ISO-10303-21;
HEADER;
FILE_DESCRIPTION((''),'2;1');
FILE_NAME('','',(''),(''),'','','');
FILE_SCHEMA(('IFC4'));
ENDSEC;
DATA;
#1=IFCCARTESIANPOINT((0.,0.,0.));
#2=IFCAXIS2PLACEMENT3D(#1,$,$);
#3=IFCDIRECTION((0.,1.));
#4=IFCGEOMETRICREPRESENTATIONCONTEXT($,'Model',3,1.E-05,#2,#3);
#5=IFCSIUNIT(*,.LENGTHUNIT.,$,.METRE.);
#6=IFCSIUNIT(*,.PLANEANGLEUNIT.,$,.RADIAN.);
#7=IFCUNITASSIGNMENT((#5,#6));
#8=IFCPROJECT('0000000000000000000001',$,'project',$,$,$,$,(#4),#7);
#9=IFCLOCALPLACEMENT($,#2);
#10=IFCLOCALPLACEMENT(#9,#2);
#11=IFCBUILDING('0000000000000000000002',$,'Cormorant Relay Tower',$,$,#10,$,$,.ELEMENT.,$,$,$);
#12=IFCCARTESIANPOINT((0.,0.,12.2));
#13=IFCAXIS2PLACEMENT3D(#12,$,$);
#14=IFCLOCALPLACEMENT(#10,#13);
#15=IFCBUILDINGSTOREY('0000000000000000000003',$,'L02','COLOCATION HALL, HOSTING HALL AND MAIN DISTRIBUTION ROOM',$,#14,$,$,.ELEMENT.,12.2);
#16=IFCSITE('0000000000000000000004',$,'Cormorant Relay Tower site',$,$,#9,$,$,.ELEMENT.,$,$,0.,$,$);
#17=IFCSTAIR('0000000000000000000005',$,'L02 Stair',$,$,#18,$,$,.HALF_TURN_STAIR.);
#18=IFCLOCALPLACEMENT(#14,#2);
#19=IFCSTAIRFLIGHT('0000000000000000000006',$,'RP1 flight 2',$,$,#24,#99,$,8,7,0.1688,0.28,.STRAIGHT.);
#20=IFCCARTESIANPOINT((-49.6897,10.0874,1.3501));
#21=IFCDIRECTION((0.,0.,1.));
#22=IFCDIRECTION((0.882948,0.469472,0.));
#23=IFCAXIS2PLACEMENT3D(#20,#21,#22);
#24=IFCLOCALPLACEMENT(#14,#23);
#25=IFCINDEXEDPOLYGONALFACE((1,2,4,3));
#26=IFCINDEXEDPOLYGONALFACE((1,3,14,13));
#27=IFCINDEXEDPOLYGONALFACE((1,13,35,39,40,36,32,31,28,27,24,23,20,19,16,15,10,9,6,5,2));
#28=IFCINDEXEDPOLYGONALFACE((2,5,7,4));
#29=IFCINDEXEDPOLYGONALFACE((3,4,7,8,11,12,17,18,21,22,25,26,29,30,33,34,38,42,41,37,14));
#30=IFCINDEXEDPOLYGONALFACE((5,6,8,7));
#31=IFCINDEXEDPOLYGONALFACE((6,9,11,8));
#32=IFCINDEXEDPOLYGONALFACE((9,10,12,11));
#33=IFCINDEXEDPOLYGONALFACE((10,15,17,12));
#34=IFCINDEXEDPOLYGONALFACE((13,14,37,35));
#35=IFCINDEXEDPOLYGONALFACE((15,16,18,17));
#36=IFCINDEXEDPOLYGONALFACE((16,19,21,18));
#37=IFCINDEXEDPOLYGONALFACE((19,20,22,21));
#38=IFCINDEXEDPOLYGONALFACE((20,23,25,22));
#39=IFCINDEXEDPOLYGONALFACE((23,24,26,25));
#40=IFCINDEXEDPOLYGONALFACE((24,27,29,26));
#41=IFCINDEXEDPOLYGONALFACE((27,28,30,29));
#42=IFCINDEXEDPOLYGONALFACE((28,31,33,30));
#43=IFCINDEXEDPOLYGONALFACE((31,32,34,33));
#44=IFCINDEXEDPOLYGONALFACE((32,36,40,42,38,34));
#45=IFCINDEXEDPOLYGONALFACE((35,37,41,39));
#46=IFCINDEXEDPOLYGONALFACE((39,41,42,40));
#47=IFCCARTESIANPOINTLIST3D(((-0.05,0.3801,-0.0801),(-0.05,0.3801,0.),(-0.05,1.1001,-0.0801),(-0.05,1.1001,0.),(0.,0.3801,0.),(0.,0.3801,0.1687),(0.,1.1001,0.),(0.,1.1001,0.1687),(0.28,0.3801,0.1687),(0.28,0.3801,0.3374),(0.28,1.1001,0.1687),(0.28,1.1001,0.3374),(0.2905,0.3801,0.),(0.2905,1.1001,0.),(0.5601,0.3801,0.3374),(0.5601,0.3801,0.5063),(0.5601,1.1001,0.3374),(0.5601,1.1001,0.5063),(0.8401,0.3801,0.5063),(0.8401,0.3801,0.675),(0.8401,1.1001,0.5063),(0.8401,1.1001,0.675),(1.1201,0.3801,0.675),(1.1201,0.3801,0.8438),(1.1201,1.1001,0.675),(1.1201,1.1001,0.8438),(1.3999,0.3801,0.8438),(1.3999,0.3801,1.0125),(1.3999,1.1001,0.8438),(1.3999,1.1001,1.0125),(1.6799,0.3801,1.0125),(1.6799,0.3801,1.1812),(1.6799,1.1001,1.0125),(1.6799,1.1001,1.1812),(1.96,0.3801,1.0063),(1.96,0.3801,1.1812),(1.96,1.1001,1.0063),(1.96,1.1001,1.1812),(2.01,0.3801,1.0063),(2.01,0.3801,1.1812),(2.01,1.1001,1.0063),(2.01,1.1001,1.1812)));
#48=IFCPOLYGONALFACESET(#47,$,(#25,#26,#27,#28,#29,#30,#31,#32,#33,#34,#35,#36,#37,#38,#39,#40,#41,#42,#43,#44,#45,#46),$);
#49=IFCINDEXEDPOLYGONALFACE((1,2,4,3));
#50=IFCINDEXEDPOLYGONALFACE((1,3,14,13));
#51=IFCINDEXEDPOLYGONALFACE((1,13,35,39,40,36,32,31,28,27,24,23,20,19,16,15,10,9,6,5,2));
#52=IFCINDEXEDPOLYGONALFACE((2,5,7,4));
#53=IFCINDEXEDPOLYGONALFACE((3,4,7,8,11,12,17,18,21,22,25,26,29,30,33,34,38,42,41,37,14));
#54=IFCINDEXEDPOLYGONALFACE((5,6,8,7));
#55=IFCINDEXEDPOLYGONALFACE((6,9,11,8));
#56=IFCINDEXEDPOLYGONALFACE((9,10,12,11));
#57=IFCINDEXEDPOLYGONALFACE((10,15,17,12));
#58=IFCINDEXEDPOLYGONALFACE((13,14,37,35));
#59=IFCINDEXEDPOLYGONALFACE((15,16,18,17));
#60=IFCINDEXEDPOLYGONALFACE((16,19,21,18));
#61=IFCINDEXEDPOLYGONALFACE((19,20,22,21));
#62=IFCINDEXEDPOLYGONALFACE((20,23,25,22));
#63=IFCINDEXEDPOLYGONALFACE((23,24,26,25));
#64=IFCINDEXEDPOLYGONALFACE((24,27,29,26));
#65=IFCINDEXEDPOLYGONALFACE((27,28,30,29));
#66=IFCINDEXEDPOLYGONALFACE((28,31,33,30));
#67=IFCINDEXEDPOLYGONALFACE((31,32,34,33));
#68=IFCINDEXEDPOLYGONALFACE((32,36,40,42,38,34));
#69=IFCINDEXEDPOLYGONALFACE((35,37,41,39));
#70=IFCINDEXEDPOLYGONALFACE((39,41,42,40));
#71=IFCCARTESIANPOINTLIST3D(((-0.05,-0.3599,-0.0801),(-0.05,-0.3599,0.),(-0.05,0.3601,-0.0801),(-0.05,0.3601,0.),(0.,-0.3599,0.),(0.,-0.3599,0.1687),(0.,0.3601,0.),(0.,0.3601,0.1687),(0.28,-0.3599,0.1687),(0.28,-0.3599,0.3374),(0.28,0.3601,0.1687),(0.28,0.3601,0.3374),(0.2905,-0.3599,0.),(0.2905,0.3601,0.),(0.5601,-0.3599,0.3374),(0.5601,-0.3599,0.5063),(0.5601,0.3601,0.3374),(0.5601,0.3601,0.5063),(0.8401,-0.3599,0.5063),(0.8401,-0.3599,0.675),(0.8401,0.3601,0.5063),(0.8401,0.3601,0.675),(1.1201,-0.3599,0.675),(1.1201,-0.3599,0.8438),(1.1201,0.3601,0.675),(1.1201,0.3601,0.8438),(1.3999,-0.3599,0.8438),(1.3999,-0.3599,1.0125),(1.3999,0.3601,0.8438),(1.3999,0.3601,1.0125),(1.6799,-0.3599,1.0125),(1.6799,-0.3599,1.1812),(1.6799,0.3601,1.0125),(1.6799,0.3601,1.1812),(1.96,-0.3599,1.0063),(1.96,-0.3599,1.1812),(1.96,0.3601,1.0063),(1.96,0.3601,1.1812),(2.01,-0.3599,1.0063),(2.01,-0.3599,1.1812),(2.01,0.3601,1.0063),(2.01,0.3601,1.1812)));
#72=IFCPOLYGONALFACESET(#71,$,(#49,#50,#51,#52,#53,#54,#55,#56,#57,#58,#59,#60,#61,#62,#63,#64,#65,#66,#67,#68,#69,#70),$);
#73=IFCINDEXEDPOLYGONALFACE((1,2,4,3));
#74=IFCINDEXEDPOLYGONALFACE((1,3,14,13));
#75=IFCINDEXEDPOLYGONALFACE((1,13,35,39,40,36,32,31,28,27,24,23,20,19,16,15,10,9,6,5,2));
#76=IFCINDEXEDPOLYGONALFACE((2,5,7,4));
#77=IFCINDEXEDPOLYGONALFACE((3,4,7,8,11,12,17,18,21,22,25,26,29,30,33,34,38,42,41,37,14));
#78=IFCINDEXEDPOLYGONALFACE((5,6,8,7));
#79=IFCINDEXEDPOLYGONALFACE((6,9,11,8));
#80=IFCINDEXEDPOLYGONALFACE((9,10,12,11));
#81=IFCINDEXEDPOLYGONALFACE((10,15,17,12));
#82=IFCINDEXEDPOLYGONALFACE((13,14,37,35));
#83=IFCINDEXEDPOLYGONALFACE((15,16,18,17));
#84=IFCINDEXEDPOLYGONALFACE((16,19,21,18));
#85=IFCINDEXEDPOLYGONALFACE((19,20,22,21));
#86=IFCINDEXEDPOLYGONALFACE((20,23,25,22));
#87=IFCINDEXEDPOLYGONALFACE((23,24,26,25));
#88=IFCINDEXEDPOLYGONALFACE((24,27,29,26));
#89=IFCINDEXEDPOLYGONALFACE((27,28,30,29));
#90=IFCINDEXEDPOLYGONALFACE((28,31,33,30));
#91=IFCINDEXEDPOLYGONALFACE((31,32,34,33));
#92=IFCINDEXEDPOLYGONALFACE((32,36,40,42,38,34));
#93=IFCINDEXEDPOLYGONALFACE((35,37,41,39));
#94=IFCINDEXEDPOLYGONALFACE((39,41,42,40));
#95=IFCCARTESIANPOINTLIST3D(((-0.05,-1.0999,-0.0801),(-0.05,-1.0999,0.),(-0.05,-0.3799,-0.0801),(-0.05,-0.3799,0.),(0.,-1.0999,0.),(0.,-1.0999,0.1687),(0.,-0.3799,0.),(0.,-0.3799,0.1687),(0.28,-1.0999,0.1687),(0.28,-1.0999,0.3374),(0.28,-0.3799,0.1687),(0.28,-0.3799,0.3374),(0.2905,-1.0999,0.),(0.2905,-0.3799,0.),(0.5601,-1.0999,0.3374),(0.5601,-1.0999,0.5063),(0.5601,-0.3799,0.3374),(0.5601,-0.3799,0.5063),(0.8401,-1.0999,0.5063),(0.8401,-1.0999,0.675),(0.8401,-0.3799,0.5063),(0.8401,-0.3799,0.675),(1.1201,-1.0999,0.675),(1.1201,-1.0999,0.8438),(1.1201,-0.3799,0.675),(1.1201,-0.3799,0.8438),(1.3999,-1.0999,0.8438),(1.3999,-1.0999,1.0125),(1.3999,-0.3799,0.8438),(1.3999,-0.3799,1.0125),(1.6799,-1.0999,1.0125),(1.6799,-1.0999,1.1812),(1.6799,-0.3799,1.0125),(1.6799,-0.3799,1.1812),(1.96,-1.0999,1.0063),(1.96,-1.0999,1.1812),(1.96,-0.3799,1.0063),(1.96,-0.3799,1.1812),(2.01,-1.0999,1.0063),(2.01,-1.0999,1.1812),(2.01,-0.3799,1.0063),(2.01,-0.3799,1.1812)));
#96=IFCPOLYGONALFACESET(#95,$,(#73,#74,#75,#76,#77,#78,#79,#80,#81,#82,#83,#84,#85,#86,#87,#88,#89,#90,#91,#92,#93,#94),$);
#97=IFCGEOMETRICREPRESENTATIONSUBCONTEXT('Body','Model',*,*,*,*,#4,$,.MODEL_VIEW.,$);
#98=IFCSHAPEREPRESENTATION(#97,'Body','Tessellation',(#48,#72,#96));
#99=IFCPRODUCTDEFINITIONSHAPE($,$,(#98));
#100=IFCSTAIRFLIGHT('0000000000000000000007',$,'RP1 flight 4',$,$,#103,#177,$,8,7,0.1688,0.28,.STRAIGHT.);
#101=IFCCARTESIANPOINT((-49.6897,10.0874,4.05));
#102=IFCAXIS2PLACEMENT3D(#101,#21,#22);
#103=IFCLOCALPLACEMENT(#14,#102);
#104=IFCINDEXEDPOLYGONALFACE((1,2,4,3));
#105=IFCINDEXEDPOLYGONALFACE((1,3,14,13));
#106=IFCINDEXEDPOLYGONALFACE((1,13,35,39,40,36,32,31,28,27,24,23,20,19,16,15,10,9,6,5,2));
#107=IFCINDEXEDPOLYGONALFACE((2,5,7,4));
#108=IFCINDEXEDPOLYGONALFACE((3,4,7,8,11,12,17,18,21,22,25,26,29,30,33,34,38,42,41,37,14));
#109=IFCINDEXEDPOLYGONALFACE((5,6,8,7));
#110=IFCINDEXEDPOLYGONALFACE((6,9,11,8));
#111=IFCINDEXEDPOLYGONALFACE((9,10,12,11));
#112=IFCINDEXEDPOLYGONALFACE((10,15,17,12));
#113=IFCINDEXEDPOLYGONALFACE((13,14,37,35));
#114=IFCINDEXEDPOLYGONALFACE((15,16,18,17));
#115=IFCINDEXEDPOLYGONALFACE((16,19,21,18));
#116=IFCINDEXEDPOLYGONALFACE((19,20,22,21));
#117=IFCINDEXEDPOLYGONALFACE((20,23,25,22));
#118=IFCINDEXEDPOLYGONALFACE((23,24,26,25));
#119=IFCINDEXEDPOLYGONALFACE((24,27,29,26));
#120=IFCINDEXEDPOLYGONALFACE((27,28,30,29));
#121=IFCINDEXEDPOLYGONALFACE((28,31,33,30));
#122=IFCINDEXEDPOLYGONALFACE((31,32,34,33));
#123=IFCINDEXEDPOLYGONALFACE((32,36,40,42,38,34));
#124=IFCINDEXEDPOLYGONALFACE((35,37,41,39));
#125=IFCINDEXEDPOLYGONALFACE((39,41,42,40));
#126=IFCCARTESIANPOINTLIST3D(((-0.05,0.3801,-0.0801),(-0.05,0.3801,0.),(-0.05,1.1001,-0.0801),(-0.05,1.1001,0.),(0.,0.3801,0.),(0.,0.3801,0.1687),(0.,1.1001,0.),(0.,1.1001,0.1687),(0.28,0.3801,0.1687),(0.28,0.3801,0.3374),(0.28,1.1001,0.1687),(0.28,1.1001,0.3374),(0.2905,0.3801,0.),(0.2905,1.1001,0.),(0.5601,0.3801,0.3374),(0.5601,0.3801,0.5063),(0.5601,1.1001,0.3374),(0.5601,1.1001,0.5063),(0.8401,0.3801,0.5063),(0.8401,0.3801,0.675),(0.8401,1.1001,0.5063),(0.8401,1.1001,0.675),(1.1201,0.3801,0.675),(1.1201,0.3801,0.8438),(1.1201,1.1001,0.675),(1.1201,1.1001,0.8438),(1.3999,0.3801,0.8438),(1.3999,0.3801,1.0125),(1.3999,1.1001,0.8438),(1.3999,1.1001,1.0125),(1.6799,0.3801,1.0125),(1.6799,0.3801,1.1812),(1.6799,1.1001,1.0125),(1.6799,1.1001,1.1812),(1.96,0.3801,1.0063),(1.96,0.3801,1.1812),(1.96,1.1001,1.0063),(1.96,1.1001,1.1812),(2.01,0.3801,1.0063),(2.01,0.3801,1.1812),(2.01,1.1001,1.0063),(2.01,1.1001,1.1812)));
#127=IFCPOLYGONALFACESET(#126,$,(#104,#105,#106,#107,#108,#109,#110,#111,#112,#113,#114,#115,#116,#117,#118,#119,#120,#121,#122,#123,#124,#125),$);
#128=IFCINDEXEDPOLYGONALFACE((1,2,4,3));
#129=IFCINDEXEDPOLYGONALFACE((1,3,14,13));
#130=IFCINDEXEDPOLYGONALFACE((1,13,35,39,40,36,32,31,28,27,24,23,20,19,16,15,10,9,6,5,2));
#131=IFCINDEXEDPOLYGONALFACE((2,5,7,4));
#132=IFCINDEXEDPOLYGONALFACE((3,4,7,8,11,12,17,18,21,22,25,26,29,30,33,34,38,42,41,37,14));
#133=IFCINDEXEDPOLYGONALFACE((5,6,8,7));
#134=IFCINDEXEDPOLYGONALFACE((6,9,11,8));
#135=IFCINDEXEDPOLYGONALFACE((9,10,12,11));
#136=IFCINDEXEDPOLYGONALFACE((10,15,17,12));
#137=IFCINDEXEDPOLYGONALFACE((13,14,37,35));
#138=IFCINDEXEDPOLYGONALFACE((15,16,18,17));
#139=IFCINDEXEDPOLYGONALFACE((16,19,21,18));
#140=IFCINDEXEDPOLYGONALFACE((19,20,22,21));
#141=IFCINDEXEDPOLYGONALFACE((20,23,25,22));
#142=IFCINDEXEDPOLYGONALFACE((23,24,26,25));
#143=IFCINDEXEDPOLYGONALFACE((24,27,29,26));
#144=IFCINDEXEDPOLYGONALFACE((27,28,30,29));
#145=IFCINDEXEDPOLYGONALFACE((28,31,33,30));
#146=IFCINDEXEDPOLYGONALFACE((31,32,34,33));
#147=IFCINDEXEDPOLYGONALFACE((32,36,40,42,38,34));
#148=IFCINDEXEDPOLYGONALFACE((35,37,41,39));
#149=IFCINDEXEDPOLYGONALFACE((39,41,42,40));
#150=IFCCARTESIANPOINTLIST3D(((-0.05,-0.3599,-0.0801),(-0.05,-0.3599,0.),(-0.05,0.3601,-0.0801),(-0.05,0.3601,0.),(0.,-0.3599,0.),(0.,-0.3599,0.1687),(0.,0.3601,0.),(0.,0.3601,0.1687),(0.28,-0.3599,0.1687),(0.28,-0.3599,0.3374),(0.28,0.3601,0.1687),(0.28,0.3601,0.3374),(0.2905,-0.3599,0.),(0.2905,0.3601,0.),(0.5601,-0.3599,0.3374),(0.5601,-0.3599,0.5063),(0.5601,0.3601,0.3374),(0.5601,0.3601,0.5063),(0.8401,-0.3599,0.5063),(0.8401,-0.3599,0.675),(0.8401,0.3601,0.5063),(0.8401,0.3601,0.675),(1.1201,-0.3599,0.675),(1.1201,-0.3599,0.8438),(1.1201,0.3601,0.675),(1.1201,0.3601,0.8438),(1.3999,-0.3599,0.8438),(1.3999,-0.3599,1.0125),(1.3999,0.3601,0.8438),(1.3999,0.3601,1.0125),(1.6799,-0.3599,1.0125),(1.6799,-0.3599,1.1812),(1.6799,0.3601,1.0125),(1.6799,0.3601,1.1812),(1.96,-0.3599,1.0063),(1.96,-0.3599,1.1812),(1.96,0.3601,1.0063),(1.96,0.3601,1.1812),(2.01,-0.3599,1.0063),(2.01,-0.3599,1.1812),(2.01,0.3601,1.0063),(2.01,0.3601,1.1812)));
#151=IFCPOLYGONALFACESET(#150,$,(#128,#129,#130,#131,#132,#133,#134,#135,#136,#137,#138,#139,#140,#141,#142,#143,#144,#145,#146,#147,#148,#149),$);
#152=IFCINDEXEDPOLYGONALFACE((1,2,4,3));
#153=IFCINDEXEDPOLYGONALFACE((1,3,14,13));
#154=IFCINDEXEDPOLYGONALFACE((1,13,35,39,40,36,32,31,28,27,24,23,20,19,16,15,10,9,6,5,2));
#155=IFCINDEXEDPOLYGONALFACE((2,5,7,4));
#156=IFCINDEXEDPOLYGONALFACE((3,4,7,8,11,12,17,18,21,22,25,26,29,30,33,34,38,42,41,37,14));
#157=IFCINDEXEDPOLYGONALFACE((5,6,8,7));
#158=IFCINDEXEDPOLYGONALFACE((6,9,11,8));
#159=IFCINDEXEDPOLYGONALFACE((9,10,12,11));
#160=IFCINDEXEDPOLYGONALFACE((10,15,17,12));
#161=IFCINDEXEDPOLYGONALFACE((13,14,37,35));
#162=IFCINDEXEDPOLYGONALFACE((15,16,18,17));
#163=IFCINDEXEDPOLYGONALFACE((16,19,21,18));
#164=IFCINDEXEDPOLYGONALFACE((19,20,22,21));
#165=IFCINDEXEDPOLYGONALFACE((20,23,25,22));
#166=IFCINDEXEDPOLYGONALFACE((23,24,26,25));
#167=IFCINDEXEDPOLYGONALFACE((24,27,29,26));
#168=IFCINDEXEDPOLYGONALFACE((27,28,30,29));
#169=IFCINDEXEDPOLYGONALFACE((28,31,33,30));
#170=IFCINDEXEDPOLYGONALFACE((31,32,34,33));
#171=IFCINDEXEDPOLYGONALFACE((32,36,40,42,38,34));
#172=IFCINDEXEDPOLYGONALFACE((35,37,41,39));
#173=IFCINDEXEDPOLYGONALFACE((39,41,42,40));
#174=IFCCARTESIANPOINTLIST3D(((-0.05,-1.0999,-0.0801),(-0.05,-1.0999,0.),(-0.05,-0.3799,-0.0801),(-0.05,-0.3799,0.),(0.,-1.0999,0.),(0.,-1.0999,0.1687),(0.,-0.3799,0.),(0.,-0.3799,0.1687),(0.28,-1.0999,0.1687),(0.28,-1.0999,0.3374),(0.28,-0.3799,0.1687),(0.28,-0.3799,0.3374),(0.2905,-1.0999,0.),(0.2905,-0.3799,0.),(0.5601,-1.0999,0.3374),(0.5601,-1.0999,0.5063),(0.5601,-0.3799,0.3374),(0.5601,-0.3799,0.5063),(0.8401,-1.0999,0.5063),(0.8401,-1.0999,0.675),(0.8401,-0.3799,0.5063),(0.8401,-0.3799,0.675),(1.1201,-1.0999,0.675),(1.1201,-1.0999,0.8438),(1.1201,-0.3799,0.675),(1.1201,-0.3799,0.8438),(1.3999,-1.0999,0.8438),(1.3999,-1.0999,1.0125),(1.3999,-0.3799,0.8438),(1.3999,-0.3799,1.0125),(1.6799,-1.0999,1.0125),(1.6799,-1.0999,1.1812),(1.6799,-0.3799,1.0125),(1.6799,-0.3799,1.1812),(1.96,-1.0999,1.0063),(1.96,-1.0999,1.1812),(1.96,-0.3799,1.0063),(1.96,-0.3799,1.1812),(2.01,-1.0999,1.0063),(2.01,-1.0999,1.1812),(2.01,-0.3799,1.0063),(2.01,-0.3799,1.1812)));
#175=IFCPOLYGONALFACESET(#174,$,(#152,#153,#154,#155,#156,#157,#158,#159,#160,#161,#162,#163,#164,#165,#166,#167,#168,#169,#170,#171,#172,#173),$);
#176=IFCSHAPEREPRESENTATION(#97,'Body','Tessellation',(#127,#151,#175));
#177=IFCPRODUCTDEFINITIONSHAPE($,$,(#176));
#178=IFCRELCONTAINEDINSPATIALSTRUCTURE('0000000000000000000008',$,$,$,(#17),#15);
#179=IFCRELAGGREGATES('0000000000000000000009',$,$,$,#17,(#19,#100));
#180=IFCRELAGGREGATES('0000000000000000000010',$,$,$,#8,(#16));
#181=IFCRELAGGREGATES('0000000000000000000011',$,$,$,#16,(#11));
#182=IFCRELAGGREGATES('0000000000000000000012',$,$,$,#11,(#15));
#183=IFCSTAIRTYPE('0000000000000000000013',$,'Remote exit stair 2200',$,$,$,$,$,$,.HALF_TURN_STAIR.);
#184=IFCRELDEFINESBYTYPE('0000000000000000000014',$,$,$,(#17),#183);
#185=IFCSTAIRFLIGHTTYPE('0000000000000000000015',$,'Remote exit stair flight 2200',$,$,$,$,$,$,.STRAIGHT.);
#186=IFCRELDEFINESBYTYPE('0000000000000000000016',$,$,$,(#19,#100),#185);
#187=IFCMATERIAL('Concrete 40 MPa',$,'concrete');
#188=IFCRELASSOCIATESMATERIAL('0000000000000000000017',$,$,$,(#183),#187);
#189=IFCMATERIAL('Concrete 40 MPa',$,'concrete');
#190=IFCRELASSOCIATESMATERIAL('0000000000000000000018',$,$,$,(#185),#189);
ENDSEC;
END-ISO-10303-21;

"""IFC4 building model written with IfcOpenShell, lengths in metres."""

from ifc_helpers import new_model, si_unit, direction, frame, origin, place, context, subcontext, project, spatial, polyline, outline, extrude, material, type_object, element, aggregate, save


model = new_model("IFC4")

# Units and contexts
model_context = context("Model", 3, precision=1e-05, world=origin(), true_north=direction((0.0, 1.0)))
body_context = subcontext(model_context, "Body", "Model", "MODEL_VIEW")
ifc_project = project(units=[si_unit("LENGTHUNIT", "METRE"), si_unit("PLANEANGLEUNIT", "RADIAN")], contexts=[model_context])

# Site, building, storey
site_placement = place(None, origin())
site = spatial("IfcSite", under=ifc_project, at=site_placement, Name="Cormorant Relay Tower site", CompositionType="ELEMENT", RefElevation=0.0)
building_placement = place(site_placement, origin())
building = spatial("IfcBuilding", under=site, at=building_placement, Name="Cormorant Relay Tower", CompositionType="ELEMENT")
storey_placement = place(building_placement, frame((0.0, 0.0, 12.2)))
storey = spatial("IfcBuildingStorey", under=building, at=storey_placement, Name="L02", Description="COLOCATION HALL, HOSTING HALL AND MAIN DISTRIBUTION ROOM", CompositionType="ELEMENT", Elevation=12.2)

# Stair, stair flights
ifc_material_1 = material(Name="Concrete 40 MPa", Category="concrete")
stair_type = type_object("IfcStairType", Name="Remote exit stair 2200", PredefinedType="HALF_TURN_STAIR", material=ifc_material_1)
stair_placement = place(storey_placement, origin())
stair = element("IfcStair", 1, at=stair_placement, inside=storey, type_object=stair_type, Name="L02 Stair", PredefinedType="HALF_TURN_STAIR")
ifc_material_2 = material(Name="Concrete 40 MPa", Category="concrete")
stair_flight_type = type_object("IfcStairFlightType", Name="Remote exit stair flight 2200", PredefinedType="STRAIGHT", material=ifc_material_2)
stair_flight_1_placement = place(storey_placement, frame((-49.6897, 10.0874, 1.3501), z_axis=(0.0, 0.0, 1.0), x_axis=(0.882948, 0.469472, 0.0)))
stair_flight_1 = element("IfcStairFlight", 2, at=stair_flight_1_placement, type_object=stair_flight_type, Name="RP1 flight 2", NumberOfRisers=8, NumberOfTreads=7, PredefinedType="STRAIGHT", RiserHeight=0.1688, TreadLength=0.28, context=body_context, shape_type="SweptSolid", body=[
    extrude(outline(polyline([(-0.05, -0.0801), (-0.05, 0.0), (0.0, 0.0), (0.0, 0.1687), (0.28, 0.1687), (0.28, 0.3374), (0.5601, 0.3374), (0.5601, 0.5063), (0.8401, 0.5063), (0.8401, 0.675), (1.1201, 0.675), (1.1201, 0.8438), (1.3999, 0.8438), (1.3999, 1.0125), (1.6799, 1.0125), (1.6799, 1.1812), (1.96, 1.1812), (2.01, 1.1812), (2.01, 1.0063), (1.96, 1.0063), (0.2905, 0.0), (-0.05, -0.0801)])), frame((0.0, 1.1001, 0.0), z_axis=(0.0, -1.0, 0.0), x_axis=(1.0, 0.0, 0.0)), (0.0, 0.0, 1.0), 0.72),
    extrude(outline(polyline([(-0.05, -0.0801), (-0.05, 0.0), (0.0, 0.0), (0.0, 0.1687), (0.28, 0.1687), (0.28, 0.3374), (0.5601, 0.3374), (0.5601, 0.5063), (0.8401, 0.5063), (0.8401, 0.675), (1.1201, 0.675), (1.1201, 0.8438), (1.3999, 0.8438), (1.3999, 1.0125), (1.6799, 1.0125), (1.6799, 1.1812), (1.96, 1.1812), (2.01, 1.1812), (2.01, 1.0063), (1.96, 1.0063), (0.2905, 0.0), (-0.05, -0.0801)])), frame((0.0, 0.3601, 0.0), z_axis=(0.0, -1.0, 0.0), x_axis=(1.0, 0.0, 0.0)), (0.0, 0.0, 1.0), 0.72),
    extrude(outline(polyline([(-0.05, -0.0801), (-0.05, 0.0), (0.0, 0.0), (0.0, 0.1687), (0.28, 0.1687), (0.28, 0.3374), (0.5601, 0.3374), (0.5601, 0.5063), (0.8401, 0.5063), (0.8401, 0.675), (1.1201, 0.675), (1.1201, 0.8438), (1.3999, 0.8438), (1.3999, 1.0125), (1.6799, 1.0125), (1.6799, 1.1812), (1.96, 1.1812), (2.01, 1.1812), (2.01, 1.0063), (1.96, 1.0063), (0.2905, 0.0), (-0.05, -0.0801)])), frame((0.0, -0.3799, 0.0), z_axis=(0.0, -1.0, 0.0), x_axis=(1.0, 0.0, 0.0)), (0.0, 0.0, 1.0), 0.72),
])
stair_flight_2_placement = place(storey_placement, frame((-49.6897, 10.0874, 4.05), z_axis=(0.0, 0.0, 1.0), x_axis=(0.882948, 0.469472, 0.0)))
stair_flight_2 = element("IfcStairFlight", 3, at=stair_flight_2_placement, type_object=stair_flight_type, Name="RP1 flight 4", NumberOfRisers=8, NumberOfTreads=7, PredefinedType="STRAIGHT", RiserHeight=0.1688, TreadLength=0.28, context=body_context, shape_type="SweptSolid", body=[
    extrude(outline(polyline([(-0.05, -0.0801), (-0.05, 0.0), (0.0, 0.0), (0.0, 0.1687), (0.28, 0.1687), (0.28, 0.3374), (0.5601, 0.3374), (0.5601, 0.5063), (0.8401, 0.5063), (0.8401, 0.675), (1.1201, 0.675), (1.1201, 0.8438), (1.3999, 0.8438), (1.3999, 1.0125), (1.6799, 1.0125), (1.6799, 1.1812), (1.96, 1.1812), (2.01, 1.1812), (2.01, 1.0063), (1.96, 1.0063), (0.2905, 0.0), (-0.05, -0.0801)])), frame((0.0, 1.1001, 0.0), z_axis=(0.0, -1.0, 0.0), x_axis=(1.0, 0.0, 0.0)), (0.0, 0.0, 1.0), 0.72),
    extrude(outline(polyline([(-0.05, -0.0801), (-0.05, 0.0), (0.0, 0.0), (0.0, 0.1687), (0.28, 0.1687), (0.28, 0.3374), (0.5601, 0.3374), (0.5601, 0.5063), (0.8401, 0.5063), (0.8401, 0.675), (1.1201, 0.675), (1.1201, 0.8438), (1.3999, 0.8438), (1.3999, 1.0125), (1.6799, 1.0125), (1.6799, 1.1812), (1.96, 1.1812), (2.01, 1.1812), (2.01, 1.0063), (1.96, 1.0063), (0.2905, 0.0), (-0.05, -0.0801)])), frame((0.0, 0.3601, 0.0), z_axis=(0.0, -1.0, 0.0), x_axis=(1.0, 0.0, 0.0)), (0.0, 0.0, 1.0), 0.72),
    extrude(outline(polyline([(-0.05, -0.0801), (-0.05, 0.0), (0.0, 0.0), (0.0, 0.1687), (0.28, 0.1687), (0.28, 0.3374), (0.5601, 0.3374), (0.5601, 0.5063), (0.8401, 0.5063), (0.8401, 0.675), (1.1201, 0.675), (1.1201, 0.8438), (1.3999, 0.8438), (1.3999, 1.0125), (1.6799, 1.0125), (1.6799, 1.1812), (1.96, 1.1812), (2.01, 1.1812), (2.01, 1.0063), (1.96, 1.0063), (0.2905, 0.0), (-0.05, -0.0801)])), frame((0.0, -0.3799, 0.0), z_axis=(0.0, -1.0, 0.0), x_axis=(1.0, 0.0, 0.0)), (0.0, 0.0, 1.0), 0.72),
])
aggregate(stair, [stair_flight_1, stair_flight_2])

save(model, "model.ifc")
